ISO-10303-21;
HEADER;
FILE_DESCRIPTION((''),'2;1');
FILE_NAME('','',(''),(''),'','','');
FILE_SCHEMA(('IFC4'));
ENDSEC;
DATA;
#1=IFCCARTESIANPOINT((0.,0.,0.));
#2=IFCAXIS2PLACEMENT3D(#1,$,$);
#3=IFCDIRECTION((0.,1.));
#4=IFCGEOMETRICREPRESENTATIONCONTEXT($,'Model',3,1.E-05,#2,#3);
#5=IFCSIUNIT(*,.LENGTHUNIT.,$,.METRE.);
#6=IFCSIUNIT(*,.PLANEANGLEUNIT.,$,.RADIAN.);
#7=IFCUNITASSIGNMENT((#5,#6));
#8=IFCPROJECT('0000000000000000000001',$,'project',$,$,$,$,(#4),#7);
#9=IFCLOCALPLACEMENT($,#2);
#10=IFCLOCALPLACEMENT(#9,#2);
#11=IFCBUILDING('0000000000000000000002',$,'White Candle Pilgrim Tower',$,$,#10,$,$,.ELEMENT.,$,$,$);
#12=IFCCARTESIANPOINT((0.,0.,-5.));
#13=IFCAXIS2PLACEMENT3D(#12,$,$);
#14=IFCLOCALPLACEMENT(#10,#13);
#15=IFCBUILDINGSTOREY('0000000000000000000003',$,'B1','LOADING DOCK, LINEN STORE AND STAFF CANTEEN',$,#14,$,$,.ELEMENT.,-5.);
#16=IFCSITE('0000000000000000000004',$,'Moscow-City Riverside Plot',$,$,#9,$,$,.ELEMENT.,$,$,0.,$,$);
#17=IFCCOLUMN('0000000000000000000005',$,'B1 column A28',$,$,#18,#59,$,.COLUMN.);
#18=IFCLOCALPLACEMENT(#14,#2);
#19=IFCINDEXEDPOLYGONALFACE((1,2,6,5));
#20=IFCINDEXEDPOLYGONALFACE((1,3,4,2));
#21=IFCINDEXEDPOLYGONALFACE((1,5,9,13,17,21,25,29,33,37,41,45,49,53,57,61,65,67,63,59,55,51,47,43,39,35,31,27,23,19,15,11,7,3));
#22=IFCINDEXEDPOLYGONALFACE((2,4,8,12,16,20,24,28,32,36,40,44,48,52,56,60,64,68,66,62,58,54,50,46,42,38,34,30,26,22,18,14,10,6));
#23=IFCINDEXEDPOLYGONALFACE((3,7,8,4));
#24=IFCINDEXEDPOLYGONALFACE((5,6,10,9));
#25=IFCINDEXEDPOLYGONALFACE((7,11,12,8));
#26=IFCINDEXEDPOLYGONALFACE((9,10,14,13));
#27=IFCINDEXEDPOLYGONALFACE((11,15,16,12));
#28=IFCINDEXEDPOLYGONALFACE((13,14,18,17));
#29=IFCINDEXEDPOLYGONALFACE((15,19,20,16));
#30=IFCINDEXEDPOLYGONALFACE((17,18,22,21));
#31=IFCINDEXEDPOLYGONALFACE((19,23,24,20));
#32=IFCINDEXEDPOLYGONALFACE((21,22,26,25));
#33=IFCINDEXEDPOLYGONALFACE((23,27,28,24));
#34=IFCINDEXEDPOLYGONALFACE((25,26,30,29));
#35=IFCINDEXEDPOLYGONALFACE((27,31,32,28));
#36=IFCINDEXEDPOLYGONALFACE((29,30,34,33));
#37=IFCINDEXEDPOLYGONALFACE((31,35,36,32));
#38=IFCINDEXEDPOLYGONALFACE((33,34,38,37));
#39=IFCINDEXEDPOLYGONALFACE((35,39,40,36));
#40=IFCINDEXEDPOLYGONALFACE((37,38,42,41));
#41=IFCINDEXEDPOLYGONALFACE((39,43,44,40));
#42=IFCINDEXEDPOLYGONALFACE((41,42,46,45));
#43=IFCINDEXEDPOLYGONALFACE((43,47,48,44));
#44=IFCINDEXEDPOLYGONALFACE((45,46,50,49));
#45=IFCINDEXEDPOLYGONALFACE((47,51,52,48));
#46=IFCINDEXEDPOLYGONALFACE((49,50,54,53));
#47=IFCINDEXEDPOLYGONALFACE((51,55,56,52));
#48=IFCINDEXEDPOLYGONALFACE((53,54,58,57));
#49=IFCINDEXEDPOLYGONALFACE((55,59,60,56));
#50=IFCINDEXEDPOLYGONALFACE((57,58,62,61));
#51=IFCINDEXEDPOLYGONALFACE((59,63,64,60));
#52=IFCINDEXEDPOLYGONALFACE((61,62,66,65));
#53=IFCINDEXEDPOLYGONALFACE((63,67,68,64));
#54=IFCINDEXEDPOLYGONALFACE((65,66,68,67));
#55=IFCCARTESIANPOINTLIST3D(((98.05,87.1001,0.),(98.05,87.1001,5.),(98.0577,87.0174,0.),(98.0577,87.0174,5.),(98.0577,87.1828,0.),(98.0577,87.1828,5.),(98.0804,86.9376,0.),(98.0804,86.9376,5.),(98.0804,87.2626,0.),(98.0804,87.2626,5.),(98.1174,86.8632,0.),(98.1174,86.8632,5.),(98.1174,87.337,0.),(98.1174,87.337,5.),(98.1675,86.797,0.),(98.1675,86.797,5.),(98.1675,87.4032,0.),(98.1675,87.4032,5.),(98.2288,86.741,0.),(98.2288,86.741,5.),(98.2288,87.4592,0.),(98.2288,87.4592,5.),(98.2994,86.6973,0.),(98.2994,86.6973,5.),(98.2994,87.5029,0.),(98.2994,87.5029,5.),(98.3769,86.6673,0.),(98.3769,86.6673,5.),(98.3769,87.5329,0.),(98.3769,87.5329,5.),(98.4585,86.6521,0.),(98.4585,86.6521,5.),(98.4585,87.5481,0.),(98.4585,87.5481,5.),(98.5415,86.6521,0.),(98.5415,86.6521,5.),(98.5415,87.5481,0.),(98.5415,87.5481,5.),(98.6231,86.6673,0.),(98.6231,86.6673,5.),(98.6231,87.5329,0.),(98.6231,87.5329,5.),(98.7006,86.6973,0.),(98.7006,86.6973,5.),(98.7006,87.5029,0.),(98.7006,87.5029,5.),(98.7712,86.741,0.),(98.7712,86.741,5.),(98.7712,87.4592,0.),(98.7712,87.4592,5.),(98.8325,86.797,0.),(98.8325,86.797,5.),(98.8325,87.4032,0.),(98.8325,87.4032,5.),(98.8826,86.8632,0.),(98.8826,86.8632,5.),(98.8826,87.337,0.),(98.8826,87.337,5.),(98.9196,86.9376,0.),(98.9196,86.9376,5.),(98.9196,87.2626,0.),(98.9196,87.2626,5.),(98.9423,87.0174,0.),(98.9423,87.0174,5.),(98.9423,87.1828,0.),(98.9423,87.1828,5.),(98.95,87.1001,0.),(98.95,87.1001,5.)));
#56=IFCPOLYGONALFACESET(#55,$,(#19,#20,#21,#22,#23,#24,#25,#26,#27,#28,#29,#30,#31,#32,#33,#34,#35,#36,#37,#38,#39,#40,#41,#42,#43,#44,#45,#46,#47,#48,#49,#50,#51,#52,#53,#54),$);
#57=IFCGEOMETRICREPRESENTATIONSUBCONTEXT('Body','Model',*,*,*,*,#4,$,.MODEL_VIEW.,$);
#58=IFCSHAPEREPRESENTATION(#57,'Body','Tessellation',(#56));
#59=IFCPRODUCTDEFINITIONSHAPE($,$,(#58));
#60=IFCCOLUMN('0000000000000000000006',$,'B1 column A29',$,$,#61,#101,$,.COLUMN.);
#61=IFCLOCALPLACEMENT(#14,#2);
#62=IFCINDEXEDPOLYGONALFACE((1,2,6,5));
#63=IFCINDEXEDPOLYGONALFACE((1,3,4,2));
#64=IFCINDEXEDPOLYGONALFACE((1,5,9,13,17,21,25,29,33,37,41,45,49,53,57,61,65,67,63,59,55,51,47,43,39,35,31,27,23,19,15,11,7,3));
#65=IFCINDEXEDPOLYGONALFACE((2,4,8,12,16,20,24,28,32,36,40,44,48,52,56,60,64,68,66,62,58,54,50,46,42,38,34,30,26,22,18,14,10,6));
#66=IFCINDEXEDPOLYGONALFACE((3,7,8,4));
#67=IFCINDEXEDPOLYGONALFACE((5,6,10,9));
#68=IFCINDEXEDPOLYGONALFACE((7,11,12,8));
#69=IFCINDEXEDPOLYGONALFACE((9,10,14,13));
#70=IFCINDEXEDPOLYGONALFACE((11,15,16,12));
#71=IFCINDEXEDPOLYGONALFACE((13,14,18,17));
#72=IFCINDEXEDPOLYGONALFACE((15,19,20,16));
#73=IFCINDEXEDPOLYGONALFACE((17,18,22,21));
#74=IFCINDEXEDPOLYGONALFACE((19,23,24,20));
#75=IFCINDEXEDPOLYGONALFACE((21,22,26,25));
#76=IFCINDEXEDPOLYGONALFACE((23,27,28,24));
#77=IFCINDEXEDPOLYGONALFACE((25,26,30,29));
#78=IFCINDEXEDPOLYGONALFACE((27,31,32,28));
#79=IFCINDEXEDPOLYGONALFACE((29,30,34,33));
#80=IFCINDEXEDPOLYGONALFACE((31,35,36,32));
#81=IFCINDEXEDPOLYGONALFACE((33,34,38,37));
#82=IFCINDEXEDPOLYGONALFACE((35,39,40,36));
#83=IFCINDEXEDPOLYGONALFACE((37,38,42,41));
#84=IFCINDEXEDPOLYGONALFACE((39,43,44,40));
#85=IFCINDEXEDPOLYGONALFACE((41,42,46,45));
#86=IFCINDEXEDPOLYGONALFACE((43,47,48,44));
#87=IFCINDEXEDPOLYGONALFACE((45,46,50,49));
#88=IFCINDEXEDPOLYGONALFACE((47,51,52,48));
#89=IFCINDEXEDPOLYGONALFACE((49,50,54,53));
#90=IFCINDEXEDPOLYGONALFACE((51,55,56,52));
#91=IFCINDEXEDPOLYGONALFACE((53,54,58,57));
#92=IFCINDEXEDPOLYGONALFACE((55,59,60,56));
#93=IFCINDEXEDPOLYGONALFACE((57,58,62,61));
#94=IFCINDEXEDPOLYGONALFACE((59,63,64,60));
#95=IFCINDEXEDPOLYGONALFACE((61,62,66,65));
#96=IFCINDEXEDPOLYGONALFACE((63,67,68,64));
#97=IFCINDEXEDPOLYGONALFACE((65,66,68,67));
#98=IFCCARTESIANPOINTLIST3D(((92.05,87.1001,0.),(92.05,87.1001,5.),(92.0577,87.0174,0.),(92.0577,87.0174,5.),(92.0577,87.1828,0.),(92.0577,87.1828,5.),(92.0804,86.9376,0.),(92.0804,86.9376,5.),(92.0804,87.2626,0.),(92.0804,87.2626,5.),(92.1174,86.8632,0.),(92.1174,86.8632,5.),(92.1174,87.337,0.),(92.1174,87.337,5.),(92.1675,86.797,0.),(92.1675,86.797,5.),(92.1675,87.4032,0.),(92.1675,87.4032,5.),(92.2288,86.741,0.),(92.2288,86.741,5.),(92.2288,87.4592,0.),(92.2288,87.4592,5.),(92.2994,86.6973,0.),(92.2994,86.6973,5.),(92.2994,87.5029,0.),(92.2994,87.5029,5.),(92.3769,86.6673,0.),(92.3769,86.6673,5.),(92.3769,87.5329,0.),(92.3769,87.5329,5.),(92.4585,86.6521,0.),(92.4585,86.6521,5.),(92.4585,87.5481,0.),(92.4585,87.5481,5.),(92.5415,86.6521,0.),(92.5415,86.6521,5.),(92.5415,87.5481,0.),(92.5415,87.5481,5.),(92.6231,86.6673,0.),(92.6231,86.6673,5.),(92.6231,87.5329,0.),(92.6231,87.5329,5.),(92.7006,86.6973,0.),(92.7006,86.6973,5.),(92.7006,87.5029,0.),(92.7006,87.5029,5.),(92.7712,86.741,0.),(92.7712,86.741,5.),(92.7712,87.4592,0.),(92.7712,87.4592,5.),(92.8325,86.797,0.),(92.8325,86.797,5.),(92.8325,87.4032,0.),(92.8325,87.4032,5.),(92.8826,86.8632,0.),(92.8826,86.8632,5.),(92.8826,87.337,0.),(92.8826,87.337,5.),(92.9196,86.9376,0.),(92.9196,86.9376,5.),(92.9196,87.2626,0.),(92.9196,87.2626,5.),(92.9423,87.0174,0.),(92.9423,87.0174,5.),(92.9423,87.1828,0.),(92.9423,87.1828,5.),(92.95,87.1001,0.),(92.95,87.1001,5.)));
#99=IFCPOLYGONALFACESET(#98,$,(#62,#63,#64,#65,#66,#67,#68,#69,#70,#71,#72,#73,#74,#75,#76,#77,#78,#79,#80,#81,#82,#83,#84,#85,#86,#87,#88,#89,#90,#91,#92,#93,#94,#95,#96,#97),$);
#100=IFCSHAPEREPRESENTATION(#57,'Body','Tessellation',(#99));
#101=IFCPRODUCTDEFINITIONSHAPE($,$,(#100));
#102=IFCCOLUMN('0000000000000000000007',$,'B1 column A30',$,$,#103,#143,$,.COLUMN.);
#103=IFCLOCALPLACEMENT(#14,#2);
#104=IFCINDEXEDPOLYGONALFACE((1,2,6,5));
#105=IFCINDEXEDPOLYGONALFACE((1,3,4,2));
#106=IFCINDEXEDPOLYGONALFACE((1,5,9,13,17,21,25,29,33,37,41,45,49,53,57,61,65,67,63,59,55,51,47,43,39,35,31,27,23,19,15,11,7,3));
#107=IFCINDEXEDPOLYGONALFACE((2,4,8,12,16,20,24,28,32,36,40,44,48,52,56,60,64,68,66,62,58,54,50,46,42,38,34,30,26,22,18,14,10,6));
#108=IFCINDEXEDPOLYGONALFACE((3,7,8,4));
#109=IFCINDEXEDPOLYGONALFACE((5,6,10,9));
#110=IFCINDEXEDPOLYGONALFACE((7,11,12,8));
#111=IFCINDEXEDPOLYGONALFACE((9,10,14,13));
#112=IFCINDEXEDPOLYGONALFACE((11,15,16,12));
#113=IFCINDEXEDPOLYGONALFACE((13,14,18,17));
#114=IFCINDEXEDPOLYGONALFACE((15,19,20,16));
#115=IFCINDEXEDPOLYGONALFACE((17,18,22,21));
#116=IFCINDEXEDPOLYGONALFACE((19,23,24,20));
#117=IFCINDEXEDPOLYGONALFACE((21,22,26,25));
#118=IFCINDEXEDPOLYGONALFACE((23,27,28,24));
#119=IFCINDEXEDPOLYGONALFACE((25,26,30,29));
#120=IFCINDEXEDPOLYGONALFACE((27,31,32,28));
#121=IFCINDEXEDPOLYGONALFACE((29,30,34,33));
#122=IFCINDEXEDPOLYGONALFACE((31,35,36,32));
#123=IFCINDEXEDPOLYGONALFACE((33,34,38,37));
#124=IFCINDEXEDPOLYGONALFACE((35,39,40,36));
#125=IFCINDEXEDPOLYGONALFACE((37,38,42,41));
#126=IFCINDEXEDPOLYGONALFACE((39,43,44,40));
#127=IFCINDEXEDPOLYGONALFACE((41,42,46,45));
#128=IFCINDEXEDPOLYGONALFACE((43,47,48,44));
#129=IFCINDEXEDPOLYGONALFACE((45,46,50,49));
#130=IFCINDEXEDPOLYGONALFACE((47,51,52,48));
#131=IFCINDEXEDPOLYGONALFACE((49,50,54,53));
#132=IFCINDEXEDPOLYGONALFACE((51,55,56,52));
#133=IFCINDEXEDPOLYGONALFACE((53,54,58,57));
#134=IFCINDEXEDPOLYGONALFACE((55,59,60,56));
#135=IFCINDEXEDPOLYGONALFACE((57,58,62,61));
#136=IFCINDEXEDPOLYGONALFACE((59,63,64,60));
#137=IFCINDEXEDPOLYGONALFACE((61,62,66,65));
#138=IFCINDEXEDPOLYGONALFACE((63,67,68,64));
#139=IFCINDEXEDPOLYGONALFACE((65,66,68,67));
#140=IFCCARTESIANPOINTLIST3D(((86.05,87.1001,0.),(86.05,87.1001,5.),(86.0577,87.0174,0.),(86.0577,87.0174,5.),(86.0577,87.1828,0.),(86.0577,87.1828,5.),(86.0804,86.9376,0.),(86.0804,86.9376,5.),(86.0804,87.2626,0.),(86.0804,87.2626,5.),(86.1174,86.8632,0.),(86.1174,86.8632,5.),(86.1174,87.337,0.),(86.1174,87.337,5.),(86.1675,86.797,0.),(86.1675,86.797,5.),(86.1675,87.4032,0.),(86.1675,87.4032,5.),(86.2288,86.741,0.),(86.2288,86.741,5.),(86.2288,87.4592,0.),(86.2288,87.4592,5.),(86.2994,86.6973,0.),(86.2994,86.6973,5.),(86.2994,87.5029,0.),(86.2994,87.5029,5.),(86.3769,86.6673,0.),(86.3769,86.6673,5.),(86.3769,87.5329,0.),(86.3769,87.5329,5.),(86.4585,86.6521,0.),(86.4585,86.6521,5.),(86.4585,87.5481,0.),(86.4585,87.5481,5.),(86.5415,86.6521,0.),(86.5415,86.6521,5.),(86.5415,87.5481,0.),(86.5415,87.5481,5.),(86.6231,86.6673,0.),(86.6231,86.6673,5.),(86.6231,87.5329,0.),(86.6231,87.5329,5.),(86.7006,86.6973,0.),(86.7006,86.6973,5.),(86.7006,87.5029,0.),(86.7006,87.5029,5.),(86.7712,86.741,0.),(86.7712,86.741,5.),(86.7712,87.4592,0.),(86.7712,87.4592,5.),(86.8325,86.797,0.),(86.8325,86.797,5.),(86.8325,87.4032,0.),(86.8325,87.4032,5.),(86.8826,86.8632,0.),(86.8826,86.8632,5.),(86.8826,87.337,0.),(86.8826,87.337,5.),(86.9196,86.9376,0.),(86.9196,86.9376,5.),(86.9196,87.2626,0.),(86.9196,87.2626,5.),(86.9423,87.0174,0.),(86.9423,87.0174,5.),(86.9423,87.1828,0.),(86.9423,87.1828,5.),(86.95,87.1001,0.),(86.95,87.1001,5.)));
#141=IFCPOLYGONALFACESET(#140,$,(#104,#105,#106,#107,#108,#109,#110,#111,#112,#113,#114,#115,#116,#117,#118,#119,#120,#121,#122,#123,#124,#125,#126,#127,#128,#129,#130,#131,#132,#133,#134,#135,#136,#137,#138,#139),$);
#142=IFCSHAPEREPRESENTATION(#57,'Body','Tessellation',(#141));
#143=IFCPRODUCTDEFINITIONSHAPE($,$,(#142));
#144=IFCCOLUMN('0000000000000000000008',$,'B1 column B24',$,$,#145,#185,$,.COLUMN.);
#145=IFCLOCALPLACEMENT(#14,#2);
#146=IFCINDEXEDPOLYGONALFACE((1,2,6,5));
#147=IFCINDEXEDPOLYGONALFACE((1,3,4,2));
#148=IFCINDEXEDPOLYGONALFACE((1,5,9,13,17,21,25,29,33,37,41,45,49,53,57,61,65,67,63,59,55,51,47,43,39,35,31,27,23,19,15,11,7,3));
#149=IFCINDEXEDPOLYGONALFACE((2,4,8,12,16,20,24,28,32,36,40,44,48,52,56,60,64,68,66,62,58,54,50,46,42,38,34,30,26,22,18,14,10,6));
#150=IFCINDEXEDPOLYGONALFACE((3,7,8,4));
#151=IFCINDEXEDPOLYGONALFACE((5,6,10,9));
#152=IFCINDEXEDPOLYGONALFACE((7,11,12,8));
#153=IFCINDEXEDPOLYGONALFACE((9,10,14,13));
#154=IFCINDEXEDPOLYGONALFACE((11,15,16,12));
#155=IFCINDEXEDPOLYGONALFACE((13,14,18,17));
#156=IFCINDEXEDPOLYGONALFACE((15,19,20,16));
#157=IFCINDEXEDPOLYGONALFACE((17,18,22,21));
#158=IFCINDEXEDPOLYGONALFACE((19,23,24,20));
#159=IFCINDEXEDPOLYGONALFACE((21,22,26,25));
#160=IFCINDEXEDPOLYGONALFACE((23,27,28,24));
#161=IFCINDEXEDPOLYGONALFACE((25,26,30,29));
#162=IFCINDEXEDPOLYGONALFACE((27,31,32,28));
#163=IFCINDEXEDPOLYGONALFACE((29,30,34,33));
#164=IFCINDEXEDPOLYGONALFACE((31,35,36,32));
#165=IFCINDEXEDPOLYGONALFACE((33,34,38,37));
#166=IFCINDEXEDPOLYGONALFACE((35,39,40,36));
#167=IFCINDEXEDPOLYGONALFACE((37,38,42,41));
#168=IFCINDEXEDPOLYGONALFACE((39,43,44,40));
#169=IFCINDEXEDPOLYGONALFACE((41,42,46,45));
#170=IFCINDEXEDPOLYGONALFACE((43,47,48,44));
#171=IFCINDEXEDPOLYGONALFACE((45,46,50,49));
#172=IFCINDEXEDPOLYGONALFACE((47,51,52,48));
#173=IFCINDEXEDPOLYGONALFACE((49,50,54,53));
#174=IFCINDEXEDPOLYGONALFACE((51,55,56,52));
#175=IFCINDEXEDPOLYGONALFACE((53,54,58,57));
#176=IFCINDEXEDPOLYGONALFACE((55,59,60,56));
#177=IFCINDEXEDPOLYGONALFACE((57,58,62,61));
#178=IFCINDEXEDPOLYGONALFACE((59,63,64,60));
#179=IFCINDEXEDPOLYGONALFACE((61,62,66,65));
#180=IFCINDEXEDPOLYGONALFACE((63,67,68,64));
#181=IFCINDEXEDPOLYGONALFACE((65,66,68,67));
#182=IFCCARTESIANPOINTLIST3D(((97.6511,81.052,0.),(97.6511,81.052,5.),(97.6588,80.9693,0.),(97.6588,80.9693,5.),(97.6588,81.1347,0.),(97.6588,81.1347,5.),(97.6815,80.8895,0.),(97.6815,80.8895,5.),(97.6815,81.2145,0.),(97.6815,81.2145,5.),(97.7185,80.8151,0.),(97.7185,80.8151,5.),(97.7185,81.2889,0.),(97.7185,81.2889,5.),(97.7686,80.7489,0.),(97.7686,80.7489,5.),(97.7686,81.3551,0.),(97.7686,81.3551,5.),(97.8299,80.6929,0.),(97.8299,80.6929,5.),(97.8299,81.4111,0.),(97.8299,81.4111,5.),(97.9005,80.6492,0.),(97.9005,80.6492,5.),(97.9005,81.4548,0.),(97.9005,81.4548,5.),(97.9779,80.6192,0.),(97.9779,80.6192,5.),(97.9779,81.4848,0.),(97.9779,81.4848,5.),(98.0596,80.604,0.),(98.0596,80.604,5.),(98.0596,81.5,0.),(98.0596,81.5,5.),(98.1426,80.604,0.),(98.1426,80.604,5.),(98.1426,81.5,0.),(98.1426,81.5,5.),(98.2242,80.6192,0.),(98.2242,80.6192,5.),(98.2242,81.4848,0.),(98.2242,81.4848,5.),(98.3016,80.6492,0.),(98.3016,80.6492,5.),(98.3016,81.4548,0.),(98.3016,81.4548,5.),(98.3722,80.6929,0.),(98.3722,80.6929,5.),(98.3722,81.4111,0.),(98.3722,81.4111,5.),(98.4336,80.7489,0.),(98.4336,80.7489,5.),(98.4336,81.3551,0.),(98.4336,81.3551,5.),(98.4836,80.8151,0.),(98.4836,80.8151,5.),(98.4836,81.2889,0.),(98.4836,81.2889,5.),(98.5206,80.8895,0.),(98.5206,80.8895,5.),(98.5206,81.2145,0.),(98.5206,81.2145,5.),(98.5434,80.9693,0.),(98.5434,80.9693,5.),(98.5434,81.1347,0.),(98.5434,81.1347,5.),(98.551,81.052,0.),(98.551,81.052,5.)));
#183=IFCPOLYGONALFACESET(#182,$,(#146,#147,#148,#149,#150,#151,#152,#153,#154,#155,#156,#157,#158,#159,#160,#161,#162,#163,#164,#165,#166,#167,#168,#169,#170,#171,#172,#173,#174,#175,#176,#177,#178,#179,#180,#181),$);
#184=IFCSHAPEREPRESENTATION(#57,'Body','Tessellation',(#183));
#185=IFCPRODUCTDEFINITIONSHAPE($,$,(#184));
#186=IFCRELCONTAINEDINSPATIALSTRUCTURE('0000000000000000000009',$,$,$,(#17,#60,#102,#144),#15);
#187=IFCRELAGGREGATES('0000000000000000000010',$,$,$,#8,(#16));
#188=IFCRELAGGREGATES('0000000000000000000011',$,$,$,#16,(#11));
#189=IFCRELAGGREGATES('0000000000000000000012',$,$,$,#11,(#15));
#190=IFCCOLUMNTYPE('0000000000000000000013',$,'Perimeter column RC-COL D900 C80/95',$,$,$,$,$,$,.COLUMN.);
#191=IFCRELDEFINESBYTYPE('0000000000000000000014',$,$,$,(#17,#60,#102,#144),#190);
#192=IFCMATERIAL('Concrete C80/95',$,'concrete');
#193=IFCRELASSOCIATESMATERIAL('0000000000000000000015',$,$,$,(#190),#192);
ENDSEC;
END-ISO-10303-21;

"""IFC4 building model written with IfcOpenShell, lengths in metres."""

from ifc_helpers import new_model, si_unit, direction, frame, origin, origin_2d, place, context, subcontext, project, spatial, circle, extrude, material, material_profile, profile_set, type_object, element, save


model = new_model("IFC4")

# Units and contexts
model_context = context("Model", 3, precision=1e-05, world=origin(), true_north=direction((0.0, 1.0)))
body_context = subcontext(model_context, "Body", "Model", "MODEL_VIEW")
ifc_project = project(units=[si_unit("LENGTHUNIT", "METRE"), si_unit("PLANEANGLEUNIT", "RADIAN")], contexts=[model_context])

# Site, building, storey
site_placement = place(None, origin())
site = spatial("IfcSite", under=ifc_project, at=site_placement, Name="Moscow-City Riverside Plot", CompositionType="ELEMENT", RefElevation=0.0)
building_placement = place(site_placement, origin())
building = spatial("IfcBuilding", under=site, at=building_placement, Name="White Candle Pilgrim Tower", CompositionType="ELEMENT")
storey_placement = place(building_placement, frame((0.0, 0.0, -5.0)))
storey = spatial("IfcBuildingStorey", under=building, at=storey_placement, Name="B1", Description="LOADING DOCK, LINEN STORE AND STAFF CANTEEN", CompositionType="ELEMENT", Elevation=-5.0)

# Columns
ifc_material_1 = material(Name="Concrete C80/95", Category="concrete")
ifc_material_profile_1 = material_profile(ifc_material_1, circle(Radius=0.45, at=origin_2d()), Name="RC-COL D900")
ifc_profile_set_1 = profile_set([ifc_material_profile_1], Name="Concrete C80/95")
column_type = type_object("IfcColumnType", Name="Perimeter column RC-COL D900 C80/95", PredefinedType="COLUMN", material=ifc_profile_set_1)
for number, where, z_axis, x_axis, name in (
    (1, (98.5, 87.1001, 0.0), (0.0, 0.0, 1.0), (1.0, 0.0, 0.0), "B1 column A28"),
    (2, (92.5, 87.1001, 0.0), (0.0, 0.0, 1.0), (1.0, 0.0, 0.0), "B1 column A29"),
    (3, (86.5, 87.1001, 0.0), (0.0, 0.0, 1.0), (1.0, 0.0, 0.0), "B1 column A30"),
    (4, (98.1011, 81.052, 0.0), (0.0, 0.0, 1.0), (1.0, 0.0, 0.0), "B1 column B24"),
):
    element("IfcColumn", number, at=place(storey_placement, frame(where, z_axis=z_axis, x_axis=x_axis)), inside=storey, type_object=column_type, Name=name, PredefinedType="COLUMN", context=body_context, shape_type="SweptSolid", body=[
        extrude(circle(Radius=0.45, at=origin_2d()), origin(), (0.0, 0.0, 1.0), 5.0),
    ])

save(model, "model.ifc")
